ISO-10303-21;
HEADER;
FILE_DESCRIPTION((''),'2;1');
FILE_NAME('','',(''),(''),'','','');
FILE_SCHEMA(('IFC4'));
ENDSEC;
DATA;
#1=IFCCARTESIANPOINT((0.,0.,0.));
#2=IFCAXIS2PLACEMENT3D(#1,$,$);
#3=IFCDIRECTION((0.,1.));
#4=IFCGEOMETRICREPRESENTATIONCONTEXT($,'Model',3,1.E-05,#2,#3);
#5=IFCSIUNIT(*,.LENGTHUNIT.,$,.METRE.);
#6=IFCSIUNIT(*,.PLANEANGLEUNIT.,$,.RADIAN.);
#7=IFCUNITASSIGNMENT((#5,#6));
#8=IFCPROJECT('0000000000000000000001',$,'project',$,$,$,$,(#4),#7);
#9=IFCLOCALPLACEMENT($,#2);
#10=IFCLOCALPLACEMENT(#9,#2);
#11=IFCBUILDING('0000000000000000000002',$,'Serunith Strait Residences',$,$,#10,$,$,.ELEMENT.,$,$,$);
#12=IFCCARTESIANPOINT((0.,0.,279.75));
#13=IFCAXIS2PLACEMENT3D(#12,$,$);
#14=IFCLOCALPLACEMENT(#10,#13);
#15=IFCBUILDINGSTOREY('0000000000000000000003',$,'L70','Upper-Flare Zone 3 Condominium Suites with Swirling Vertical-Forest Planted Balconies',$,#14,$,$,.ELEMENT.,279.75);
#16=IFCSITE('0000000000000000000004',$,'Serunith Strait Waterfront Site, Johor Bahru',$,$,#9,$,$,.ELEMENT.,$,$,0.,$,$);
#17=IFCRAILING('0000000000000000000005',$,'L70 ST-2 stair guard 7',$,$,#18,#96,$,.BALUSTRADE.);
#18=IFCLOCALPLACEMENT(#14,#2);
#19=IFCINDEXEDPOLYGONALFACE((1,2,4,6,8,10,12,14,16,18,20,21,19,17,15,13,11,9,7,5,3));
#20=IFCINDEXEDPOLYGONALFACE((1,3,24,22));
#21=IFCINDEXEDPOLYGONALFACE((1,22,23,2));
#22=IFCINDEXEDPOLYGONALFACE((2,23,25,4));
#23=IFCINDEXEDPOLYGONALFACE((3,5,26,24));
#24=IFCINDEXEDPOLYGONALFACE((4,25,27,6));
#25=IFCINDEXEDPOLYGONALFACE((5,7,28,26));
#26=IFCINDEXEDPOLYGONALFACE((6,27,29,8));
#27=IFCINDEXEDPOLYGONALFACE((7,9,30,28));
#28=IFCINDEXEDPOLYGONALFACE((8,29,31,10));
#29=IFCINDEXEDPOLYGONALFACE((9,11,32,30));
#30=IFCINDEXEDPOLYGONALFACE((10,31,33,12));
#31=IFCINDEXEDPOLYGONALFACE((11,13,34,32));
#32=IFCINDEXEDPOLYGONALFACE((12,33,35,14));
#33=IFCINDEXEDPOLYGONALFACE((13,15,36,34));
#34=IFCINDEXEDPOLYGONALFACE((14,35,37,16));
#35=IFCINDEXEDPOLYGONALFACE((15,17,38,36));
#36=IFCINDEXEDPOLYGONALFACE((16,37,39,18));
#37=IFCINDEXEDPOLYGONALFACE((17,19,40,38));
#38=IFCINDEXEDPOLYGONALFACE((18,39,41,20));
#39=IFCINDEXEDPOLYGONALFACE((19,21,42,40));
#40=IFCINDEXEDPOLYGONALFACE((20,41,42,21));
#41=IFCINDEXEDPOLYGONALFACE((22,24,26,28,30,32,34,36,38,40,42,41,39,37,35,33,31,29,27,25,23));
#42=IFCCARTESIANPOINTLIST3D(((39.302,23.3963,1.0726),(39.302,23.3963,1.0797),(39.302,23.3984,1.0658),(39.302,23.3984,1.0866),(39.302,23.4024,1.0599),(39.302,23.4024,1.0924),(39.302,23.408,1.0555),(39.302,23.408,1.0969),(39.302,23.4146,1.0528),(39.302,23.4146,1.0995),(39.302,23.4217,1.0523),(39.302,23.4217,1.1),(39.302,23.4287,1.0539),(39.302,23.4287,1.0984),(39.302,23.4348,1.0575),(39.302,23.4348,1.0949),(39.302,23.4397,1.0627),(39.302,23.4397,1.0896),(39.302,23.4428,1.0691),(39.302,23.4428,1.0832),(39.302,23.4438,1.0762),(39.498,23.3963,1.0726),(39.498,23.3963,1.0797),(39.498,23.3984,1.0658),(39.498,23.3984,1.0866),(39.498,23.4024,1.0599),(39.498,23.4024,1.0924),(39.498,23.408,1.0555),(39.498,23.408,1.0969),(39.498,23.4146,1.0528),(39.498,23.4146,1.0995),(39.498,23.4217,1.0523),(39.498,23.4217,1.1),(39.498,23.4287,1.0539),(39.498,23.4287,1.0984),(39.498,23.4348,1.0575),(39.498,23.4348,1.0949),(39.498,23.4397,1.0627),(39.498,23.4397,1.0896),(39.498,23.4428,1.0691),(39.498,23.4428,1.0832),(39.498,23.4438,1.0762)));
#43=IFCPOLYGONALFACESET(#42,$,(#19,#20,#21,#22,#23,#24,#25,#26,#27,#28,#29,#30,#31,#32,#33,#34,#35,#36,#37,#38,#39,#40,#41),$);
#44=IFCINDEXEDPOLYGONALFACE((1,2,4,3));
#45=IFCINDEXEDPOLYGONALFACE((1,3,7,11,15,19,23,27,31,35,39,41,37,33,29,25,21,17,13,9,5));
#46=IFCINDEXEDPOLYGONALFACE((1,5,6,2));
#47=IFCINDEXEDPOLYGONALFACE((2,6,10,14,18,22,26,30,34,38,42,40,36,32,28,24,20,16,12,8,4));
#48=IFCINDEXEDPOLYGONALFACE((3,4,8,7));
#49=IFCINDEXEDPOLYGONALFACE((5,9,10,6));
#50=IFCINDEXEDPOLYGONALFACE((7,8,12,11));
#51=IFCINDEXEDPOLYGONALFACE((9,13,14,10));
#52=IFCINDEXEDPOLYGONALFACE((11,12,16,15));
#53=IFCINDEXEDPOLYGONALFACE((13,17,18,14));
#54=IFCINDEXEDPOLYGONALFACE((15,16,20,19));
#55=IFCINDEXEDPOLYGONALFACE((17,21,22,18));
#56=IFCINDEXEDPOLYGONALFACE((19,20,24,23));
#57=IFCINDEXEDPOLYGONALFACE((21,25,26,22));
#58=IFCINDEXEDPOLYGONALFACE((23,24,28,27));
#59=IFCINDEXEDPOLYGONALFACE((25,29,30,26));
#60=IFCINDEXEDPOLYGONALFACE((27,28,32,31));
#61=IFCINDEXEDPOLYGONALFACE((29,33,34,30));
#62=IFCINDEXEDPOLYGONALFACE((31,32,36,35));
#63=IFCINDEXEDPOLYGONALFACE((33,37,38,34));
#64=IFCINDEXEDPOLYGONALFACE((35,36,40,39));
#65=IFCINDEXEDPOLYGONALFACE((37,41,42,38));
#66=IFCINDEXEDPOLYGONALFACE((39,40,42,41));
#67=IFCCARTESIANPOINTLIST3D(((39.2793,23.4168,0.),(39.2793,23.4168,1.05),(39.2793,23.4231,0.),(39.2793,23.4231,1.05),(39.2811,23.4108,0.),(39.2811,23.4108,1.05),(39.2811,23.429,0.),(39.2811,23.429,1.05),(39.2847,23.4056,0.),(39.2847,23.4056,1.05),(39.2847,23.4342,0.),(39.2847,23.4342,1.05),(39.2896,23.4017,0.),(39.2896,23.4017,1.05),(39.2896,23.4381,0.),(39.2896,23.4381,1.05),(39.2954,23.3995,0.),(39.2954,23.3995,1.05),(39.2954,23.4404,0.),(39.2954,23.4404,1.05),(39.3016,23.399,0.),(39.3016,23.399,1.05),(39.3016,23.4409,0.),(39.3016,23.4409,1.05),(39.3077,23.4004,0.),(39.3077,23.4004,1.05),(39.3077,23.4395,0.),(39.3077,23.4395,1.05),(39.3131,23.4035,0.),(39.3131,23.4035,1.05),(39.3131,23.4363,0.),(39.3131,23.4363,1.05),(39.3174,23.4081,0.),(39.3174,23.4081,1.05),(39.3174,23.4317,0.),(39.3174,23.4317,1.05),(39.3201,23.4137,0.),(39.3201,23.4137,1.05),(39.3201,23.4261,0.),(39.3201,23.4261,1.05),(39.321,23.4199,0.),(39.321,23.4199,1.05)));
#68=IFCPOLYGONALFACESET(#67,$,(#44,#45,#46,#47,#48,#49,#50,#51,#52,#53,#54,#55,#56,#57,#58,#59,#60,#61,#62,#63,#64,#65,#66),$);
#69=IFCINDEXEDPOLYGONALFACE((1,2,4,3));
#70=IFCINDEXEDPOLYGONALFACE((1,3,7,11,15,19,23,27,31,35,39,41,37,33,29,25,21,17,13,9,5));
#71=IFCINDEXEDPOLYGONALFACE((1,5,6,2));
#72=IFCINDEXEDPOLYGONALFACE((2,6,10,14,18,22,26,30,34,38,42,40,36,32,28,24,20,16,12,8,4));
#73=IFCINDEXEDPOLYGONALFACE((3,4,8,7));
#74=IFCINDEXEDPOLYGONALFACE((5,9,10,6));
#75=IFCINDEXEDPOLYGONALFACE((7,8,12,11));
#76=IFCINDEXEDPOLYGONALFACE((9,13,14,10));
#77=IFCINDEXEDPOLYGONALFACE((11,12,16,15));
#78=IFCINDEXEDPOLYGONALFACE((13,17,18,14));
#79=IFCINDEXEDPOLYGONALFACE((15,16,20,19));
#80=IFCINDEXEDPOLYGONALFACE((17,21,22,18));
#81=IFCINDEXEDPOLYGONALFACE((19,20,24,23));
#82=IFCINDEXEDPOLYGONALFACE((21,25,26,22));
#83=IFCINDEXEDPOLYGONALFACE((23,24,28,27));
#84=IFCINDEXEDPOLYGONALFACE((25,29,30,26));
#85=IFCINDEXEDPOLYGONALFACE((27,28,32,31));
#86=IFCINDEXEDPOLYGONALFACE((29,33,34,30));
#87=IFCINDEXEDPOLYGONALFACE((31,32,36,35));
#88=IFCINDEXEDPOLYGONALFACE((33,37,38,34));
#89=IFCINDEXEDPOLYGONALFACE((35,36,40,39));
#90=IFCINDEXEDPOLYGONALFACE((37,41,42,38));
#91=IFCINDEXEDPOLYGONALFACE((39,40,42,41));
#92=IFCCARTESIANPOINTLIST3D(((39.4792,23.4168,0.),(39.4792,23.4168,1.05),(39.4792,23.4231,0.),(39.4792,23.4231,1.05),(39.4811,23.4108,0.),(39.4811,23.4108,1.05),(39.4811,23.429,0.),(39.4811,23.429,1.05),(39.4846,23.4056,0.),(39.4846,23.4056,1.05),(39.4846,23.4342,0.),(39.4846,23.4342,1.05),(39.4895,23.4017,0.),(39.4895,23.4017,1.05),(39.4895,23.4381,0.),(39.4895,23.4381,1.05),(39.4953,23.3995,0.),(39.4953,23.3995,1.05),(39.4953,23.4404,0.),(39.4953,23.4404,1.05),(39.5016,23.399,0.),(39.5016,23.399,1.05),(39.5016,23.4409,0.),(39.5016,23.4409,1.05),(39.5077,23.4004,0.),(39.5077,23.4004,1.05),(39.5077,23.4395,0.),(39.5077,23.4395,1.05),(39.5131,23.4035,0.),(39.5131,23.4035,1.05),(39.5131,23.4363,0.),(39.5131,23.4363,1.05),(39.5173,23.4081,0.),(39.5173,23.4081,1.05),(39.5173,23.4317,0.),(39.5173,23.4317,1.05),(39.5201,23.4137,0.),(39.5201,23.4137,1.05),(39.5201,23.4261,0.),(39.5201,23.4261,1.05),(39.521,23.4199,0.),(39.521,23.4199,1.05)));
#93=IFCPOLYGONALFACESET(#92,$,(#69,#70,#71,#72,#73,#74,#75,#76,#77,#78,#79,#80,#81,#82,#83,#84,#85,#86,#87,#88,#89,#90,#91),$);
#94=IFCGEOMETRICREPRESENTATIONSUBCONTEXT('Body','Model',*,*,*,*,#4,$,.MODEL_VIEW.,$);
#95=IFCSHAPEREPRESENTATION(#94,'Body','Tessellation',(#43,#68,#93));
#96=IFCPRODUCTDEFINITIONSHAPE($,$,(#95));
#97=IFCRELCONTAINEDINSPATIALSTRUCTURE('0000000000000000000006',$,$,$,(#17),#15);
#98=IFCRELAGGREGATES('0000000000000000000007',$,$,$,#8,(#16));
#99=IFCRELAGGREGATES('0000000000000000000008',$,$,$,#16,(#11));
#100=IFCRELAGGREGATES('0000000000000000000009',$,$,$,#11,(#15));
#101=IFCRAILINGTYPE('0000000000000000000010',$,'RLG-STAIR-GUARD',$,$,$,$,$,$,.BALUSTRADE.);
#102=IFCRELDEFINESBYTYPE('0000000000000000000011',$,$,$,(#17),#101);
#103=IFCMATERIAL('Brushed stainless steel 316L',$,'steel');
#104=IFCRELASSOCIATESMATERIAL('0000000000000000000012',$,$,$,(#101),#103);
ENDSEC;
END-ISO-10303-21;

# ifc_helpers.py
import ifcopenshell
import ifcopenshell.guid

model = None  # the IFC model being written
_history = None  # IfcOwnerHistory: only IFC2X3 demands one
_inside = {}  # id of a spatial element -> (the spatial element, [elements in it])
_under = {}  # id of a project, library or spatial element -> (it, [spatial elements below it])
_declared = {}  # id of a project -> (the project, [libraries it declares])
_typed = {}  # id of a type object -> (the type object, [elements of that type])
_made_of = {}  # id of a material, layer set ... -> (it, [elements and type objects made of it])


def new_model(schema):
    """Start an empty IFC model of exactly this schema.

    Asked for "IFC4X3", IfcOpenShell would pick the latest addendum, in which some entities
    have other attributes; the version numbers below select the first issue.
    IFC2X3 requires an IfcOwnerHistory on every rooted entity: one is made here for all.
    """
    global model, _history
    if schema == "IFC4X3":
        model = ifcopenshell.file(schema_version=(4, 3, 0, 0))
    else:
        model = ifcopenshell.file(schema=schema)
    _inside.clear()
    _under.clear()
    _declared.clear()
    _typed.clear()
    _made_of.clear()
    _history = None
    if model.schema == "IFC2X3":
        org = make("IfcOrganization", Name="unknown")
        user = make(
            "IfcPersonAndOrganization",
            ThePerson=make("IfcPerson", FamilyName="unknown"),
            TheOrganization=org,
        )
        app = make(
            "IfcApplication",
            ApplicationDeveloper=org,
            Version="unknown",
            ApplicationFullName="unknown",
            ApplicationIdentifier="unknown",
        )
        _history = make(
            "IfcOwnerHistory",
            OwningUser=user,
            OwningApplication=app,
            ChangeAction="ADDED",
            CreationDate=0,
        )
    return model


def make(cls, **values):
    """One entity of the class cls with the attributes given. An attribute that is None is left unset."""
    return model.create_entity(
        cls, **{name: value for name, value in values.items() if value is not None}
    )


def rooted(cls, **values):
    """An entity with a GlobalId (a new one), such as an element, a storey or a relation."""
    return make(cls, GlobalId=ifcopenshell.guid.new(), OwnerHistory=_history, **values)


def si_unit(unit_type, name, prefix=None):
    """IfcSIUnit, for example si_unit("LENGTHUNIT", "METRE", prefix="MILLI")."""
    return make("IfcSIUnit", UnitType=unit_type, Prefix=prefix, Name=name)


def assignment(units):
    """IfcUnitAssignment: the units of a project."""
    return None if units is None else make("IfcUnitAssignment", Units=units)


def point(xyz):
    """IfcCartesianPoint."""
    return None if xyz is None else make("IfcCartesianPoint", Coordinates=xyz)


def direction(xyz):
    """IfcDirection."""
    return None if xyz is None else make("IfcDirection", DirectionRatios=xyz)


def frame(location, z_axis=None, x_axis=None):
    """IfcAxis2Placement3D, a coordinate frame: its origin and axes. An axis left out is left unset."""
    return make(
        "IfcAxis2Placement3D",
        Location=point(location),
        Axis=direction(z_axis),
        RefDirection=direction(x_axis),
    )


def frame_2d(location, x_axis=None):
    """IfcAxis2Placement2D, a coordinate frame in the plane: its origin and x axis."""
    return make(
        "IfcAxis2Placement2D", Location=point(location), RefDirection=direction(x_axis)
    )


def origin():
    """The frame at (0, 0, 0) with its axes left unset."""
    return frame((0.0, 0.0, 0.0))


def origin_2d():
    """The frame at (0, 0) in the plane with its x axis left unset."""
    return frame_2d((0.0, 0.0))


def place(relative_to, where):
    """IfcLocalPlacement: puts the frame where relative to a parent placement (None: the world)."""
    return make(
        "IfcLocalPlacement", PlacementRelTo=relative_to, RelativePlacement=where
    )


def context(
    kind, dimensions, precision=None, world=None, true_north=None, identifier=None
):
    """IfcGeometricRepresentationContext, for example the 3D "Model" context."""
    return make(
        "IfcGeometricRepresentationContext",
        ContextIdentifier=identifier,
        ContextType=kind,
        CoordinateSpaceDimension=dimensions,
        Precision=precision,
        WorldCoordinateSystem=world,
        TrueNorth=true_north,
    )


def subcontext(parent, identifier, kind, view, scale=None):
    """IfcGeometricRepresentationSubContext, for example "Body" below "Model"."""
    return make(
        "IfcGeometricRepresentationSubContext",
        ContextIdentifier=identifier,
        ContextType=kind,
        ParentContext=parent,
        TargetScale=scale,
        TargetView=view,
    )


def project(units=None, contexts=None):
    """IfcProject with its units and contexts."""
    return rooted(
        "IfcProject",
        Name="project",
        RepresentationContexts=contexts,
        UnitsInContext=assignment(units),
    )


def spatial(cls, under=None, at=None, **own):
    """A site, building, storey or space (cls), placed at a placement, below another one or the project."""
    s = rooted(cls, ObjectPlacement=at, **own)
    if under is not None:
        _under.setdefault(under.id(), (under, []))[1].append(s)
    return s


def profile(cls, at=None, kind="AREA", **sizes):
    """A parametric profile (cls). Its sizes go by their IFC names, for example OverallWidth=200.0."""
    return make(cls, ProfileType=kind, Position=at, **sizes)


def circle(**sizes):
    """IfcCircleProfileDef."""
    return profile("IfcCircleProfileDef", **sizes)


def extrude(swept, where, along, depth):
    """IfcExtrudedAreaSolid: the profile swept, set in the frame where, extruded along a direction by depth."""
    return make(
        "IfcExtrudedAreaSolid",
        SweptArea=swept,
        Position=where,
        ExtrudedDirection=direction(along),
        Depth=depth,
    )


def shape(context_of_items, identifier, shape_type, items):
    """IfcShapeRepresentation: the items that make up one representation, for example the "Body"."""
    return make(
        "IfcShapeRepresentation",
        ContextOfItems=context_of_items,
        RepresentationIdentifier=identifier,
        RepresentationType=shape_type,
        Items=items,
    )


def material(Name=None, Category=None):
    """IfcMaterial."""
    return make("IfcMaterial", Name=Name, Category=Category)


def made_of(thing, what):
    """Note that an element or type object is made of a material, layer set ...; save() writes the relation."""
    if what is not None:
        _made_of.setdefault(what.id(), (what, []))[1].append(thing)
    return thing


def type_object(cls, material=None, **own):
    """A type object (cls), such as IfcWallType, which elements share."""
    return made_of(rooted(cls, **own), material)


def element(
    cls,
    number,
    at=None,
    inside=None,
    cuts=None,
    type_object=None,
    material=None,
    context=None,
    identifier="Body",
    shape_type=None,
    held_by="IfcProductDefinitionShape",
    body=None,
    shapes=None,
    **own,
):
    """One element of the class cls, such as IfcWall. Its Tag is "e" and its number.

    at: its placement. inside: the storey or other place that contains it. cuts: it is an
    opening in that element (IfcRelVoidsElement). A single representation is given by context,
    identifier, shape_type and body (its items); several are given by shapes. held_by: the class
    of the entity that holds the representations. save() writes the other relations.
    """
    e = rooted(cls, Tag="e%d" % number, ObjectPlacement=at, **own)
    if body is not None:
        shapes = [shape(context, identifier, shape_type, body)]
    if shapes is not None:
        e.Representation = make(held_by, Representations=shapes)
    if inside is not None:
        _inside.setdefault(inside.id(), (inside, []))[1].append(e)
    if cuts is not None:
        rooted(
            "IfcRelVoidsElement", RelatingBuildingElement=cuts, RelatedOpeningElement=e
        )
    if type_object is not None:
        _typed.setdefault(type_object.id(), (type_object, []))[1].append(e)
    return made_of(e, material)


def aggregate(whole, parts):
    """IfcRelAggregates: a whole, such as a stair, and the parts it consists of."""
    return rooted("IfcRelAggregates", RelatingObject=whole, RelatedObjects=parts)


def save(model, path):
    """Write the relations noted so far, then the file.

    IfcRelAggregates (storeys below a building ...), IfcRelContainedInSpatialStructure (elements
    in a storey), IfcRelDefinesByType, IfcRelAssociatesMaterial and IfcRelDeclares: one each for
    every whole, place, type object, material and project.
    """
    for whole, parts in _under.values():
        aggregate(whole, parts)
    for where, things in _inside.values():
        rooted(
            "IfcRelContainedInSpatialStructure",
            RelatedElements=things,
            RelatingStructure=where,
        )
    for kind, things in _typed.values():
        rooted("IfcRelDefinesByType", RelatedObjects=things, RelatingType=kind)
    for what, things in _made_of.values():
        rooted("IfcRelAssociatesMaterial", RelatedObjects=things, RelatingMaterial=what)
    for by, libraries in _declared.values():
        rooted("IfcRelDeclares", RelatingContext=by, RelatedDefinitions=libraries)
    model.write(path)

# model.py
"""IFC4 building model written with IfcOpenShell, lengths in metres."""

from ifc_helpers import new_model, si_unit, direction, frame, origin, origin_2d, place, context, subcontext, project, spatial, circle, extrude, material, type_object, element, save


model = new_model("IFC4")

# Units and contexts
model_context = context("Model", 3, precision=1e-05, world=origin(), true_north=direction((0.0, 1.0)))
body_context = subcontext(model_context, "Body", "Model", "MODEL_VIEW")
ifc_project = project(units=[si_unit("LENGTHUNIT", "METRE"), si_unit("PLANEANGLEUNIT", "RADIAN")], contexts=[model_context])

# Site, building, storey
site_placement = place(None, origin())
site = spatial("IfcSite", under=ifc_project, at=site_placement, Name="Serunith Strait Waterfront Site, Johor Bahru", CompositionType="ELEMENT", RefElevation=0.0)
building_placement = place(site_placement, origin())
building = spatial("IfcBuilding", under=site, at=building_placement, Name="Serunith Strait Residences", CompositionType="ELEMENT")
storey_placement = place(building_placement, frame((0.0, 0.0, 279.75)))
storey = spatial("IfcBuildingStorey", under=building, at=storey_placement, Name="L70", Description="Upper-Flare Zone 3 Condominium Suites with Swirling Vertical-Forest Planted Balconies", CompositionType="ELEMENT", Elevation=279.75)

# Railing
ifc_material_1 = material(Name="Brushed stainless steel 316L", Category="steel")
railing_type_1 = type_object("IfcRailingType", Name="RLG-STAIR-GUARD", PredefinedType="BALUSTRADE", material=ifc_material_1)
railing_1_placement = place(storey_placement, frame((39.3, 23.4199, 0.0)))
element("IfcRailing", 1, at=railing_1_placement, inside=storey, type_object=railing_type_1, Name="L70 ST-2 stair guard 7", PredefinedType="BALUSTRADE", context=body_context, shape_type="SweptSolid", body=[
    extrude(circle(Radius=0.0239, at=origin_2d()), frame((0.002, 0.0, 1.0762), z_axis=(1.0, 0.0, 0.0), x_axis=(0.0, 1.0, 0.0)), (0.0, 0.0, 1.0), 0.196),
    extrude(circle(Radius=0.021, at=origin_2d()), origin(), (0.0, 0.0, 1.0), 1.05),
    extrude(circle(Radius=0.021, at=origin_2d()), frame((0.2, 0.0, 0.0)), (0.0, 0.0, 1.0), 1.05),
])

save(model, "model.ifc")
